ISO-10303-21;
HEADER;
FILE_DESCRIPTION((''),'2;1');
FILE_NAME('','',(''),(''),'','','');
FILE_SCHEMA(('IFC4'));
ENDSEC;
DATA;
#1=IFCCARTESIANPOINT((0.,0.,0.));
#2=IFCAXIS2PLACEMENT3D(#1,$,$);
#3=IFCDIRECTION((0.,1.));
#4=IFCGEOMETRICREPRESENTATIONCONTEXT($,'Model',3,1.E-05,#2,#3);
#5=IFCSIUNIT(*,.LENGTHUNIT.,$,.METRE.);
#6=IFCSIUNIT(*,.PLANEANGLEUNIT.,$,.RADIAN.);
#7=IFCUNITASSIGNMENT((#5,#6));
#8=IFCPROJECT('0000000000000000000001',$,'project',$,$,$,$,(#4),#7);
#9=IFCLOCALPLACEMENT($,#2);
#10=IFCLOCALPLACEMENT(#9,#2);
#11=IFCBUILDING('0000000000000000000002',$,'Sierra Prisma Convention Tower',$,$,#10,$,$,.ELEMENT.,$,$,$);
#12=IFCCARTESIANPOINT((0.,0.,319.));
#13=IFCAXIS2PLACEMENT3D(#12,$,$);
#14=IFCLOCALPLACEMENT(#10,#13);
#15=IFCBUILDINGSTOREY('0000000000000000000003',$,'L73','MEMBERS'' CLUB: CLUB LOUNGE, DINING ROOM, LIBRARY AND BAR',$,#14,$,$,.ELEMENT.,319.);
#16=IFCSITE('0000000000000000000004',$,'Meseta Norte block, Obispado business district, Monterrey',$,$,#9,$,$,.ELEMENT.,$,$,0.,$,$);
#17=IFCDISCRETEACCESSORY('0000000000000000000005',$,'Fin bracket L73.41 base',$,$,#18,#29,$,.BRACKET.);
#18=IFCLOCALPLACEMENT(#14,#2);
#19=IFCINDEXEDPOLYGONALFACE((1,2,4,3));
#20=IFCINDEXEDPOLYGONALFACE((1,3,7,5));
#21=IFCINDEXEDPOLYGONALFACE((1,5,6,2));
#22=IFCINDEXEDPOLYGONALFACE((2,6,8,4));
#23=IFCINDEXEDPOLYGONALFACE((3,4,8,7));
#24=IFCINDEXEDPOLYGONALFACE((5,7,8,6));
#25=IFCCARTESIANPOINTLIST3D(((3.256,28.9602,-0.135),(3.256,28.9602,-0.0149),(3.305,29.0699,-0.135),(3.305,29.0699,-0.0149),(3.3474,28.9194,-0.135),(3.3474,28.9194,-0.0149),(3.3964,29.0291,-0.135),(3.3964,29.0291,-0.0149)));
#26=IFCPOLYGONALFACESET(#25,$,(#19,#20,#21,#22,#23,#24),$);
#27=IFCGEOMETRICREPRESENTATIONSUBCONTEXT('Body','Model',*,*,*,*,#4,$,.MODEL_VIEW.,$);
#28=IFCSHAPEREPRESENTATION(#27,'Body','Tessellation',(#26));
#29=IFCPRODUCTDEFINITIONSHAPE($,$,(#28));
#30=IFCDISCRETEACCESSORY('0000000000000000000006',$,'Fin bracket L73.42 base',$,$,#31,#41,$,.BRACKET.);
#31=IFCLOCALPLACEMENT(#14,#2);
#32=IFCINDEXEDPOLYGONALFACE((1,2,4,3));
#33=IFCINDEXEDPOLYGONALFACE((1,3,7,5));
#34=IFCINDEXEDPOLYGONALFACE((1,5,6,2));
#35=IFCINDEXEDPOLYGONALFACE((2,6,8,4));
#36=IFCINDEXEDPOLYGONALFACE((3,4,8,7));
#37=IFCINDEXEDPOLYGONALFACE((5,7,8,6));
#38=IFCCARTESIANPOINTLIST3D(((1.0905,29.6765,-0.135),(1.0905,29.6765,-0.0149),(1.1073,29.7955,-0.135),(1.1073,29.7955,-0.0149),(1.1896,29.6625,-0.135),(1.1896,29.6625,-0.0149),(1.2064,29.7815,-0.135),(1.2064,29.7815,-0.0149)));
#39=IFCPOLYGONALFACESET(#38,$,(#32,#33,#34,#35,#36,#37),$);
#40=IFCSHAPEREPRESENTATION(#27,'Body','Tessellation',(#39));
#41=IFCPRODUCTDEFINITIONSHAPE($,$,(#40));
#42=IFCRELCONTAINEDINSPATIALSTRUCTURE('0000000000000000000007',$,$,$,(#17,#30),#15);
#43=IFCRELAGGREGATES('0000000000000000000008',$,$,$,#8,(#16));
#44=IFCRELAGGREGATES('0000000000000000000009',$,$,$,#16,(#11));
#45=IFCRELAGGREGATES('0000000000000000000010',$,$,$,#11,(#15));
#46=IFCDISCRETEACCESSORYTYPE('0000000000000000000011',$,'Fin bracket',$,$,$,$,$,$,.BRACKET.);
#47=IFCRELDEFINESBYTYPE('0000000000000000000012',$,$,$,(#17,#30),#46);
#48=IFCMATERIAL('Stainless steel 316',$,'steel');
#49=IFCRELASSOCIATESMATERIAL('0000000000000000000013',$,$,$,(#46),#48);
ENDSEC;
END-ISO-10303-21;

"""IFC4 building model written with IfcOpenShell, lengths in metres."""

from ifc_helpers import new_model, si_unit, direction, frame, origin, origin_2d, place, context, subcontext, project, spatial, rectangle, extrude, material, type_object, element, save


model = new_model("IFC4")

# Units and contexts
model_context = context("Model", 3, precision=1e-05, world=origin(), true_north=direction((0.0, 1.0)))
body_context = subcontext(model_context, "Body", "Model", "MODEL_VIEW")
ifc_project = project(units=[si_unit("LENGTHUNIT", "METRE"), si_unit("PLANEANGLEUNIT", "RADIAN")], contexts=[model_context])

# Site, building, storey
site_placement = place(None, origin())
site = spatial("IfcSite", under=ifc_project, at=site_placement, Name="Meseta Norte block, Obispado business district, Monterrey", CompositionType="ELEMENT", RefElevation=0.0)
building_placement = place(site_placement, origin())
building = spatial("IfcBuilding", under=site, at=building_placement, Name="Sierra Prisma Convention Tower", CompositionType="ELEMENT")
storey_placement = place(building_placement, frame((0.0, 0.0, 319.0)))
storey = spatial("IfcBuildingStorey", under=building, at=storey_placement, Name="L73", Description="MEMBERS' CLUB: CLUB LOUNGE, DINING ROOM, LIBRARY AND BAR", CompositionType="ELEMENT", Elevation=319.0)

# Discrete accessories
ifc_material_1 = material(Name="Stainless steel 316", Category="steel")
discrete_accessory_type = type_object("IfcDiscreteAccessoryType", Name="Fin bracket", PredefinedType="BRACKET", material=ifc_material_1)
for number, where, z_axis, x_axis, name in (
    (1, (3.3262, 28.9946, -0.135), (0.0, 0.0, 1.0), (0.407693, 0.913119, 0.0), "Fin bracket L73.41 base"),
    (2, (1.1484, 29.729, -0.135), (0.0, 0.0, 1.0), (0.139519, 0.990219, 0.0), "Fin bracket L73.42 base"),
):
    element("IfcDiscreteAccessory", number, at=place(storey_placement, frame(where, z_axis=z_axis, x_axis=x_axis)), inside=storey, type_object=discrete_accessory_type, Name=name, PredefinedType="BRACKET", context=body_context, shape_type="SweptSolid", body=[
        extrude(rectangle(XDim=0.1201, YDim=0.1001, at=origin_2d()), origin(), (0.0, 0.0, 1.0), 0.1201),
    ])

save(model, "model.ifc")
